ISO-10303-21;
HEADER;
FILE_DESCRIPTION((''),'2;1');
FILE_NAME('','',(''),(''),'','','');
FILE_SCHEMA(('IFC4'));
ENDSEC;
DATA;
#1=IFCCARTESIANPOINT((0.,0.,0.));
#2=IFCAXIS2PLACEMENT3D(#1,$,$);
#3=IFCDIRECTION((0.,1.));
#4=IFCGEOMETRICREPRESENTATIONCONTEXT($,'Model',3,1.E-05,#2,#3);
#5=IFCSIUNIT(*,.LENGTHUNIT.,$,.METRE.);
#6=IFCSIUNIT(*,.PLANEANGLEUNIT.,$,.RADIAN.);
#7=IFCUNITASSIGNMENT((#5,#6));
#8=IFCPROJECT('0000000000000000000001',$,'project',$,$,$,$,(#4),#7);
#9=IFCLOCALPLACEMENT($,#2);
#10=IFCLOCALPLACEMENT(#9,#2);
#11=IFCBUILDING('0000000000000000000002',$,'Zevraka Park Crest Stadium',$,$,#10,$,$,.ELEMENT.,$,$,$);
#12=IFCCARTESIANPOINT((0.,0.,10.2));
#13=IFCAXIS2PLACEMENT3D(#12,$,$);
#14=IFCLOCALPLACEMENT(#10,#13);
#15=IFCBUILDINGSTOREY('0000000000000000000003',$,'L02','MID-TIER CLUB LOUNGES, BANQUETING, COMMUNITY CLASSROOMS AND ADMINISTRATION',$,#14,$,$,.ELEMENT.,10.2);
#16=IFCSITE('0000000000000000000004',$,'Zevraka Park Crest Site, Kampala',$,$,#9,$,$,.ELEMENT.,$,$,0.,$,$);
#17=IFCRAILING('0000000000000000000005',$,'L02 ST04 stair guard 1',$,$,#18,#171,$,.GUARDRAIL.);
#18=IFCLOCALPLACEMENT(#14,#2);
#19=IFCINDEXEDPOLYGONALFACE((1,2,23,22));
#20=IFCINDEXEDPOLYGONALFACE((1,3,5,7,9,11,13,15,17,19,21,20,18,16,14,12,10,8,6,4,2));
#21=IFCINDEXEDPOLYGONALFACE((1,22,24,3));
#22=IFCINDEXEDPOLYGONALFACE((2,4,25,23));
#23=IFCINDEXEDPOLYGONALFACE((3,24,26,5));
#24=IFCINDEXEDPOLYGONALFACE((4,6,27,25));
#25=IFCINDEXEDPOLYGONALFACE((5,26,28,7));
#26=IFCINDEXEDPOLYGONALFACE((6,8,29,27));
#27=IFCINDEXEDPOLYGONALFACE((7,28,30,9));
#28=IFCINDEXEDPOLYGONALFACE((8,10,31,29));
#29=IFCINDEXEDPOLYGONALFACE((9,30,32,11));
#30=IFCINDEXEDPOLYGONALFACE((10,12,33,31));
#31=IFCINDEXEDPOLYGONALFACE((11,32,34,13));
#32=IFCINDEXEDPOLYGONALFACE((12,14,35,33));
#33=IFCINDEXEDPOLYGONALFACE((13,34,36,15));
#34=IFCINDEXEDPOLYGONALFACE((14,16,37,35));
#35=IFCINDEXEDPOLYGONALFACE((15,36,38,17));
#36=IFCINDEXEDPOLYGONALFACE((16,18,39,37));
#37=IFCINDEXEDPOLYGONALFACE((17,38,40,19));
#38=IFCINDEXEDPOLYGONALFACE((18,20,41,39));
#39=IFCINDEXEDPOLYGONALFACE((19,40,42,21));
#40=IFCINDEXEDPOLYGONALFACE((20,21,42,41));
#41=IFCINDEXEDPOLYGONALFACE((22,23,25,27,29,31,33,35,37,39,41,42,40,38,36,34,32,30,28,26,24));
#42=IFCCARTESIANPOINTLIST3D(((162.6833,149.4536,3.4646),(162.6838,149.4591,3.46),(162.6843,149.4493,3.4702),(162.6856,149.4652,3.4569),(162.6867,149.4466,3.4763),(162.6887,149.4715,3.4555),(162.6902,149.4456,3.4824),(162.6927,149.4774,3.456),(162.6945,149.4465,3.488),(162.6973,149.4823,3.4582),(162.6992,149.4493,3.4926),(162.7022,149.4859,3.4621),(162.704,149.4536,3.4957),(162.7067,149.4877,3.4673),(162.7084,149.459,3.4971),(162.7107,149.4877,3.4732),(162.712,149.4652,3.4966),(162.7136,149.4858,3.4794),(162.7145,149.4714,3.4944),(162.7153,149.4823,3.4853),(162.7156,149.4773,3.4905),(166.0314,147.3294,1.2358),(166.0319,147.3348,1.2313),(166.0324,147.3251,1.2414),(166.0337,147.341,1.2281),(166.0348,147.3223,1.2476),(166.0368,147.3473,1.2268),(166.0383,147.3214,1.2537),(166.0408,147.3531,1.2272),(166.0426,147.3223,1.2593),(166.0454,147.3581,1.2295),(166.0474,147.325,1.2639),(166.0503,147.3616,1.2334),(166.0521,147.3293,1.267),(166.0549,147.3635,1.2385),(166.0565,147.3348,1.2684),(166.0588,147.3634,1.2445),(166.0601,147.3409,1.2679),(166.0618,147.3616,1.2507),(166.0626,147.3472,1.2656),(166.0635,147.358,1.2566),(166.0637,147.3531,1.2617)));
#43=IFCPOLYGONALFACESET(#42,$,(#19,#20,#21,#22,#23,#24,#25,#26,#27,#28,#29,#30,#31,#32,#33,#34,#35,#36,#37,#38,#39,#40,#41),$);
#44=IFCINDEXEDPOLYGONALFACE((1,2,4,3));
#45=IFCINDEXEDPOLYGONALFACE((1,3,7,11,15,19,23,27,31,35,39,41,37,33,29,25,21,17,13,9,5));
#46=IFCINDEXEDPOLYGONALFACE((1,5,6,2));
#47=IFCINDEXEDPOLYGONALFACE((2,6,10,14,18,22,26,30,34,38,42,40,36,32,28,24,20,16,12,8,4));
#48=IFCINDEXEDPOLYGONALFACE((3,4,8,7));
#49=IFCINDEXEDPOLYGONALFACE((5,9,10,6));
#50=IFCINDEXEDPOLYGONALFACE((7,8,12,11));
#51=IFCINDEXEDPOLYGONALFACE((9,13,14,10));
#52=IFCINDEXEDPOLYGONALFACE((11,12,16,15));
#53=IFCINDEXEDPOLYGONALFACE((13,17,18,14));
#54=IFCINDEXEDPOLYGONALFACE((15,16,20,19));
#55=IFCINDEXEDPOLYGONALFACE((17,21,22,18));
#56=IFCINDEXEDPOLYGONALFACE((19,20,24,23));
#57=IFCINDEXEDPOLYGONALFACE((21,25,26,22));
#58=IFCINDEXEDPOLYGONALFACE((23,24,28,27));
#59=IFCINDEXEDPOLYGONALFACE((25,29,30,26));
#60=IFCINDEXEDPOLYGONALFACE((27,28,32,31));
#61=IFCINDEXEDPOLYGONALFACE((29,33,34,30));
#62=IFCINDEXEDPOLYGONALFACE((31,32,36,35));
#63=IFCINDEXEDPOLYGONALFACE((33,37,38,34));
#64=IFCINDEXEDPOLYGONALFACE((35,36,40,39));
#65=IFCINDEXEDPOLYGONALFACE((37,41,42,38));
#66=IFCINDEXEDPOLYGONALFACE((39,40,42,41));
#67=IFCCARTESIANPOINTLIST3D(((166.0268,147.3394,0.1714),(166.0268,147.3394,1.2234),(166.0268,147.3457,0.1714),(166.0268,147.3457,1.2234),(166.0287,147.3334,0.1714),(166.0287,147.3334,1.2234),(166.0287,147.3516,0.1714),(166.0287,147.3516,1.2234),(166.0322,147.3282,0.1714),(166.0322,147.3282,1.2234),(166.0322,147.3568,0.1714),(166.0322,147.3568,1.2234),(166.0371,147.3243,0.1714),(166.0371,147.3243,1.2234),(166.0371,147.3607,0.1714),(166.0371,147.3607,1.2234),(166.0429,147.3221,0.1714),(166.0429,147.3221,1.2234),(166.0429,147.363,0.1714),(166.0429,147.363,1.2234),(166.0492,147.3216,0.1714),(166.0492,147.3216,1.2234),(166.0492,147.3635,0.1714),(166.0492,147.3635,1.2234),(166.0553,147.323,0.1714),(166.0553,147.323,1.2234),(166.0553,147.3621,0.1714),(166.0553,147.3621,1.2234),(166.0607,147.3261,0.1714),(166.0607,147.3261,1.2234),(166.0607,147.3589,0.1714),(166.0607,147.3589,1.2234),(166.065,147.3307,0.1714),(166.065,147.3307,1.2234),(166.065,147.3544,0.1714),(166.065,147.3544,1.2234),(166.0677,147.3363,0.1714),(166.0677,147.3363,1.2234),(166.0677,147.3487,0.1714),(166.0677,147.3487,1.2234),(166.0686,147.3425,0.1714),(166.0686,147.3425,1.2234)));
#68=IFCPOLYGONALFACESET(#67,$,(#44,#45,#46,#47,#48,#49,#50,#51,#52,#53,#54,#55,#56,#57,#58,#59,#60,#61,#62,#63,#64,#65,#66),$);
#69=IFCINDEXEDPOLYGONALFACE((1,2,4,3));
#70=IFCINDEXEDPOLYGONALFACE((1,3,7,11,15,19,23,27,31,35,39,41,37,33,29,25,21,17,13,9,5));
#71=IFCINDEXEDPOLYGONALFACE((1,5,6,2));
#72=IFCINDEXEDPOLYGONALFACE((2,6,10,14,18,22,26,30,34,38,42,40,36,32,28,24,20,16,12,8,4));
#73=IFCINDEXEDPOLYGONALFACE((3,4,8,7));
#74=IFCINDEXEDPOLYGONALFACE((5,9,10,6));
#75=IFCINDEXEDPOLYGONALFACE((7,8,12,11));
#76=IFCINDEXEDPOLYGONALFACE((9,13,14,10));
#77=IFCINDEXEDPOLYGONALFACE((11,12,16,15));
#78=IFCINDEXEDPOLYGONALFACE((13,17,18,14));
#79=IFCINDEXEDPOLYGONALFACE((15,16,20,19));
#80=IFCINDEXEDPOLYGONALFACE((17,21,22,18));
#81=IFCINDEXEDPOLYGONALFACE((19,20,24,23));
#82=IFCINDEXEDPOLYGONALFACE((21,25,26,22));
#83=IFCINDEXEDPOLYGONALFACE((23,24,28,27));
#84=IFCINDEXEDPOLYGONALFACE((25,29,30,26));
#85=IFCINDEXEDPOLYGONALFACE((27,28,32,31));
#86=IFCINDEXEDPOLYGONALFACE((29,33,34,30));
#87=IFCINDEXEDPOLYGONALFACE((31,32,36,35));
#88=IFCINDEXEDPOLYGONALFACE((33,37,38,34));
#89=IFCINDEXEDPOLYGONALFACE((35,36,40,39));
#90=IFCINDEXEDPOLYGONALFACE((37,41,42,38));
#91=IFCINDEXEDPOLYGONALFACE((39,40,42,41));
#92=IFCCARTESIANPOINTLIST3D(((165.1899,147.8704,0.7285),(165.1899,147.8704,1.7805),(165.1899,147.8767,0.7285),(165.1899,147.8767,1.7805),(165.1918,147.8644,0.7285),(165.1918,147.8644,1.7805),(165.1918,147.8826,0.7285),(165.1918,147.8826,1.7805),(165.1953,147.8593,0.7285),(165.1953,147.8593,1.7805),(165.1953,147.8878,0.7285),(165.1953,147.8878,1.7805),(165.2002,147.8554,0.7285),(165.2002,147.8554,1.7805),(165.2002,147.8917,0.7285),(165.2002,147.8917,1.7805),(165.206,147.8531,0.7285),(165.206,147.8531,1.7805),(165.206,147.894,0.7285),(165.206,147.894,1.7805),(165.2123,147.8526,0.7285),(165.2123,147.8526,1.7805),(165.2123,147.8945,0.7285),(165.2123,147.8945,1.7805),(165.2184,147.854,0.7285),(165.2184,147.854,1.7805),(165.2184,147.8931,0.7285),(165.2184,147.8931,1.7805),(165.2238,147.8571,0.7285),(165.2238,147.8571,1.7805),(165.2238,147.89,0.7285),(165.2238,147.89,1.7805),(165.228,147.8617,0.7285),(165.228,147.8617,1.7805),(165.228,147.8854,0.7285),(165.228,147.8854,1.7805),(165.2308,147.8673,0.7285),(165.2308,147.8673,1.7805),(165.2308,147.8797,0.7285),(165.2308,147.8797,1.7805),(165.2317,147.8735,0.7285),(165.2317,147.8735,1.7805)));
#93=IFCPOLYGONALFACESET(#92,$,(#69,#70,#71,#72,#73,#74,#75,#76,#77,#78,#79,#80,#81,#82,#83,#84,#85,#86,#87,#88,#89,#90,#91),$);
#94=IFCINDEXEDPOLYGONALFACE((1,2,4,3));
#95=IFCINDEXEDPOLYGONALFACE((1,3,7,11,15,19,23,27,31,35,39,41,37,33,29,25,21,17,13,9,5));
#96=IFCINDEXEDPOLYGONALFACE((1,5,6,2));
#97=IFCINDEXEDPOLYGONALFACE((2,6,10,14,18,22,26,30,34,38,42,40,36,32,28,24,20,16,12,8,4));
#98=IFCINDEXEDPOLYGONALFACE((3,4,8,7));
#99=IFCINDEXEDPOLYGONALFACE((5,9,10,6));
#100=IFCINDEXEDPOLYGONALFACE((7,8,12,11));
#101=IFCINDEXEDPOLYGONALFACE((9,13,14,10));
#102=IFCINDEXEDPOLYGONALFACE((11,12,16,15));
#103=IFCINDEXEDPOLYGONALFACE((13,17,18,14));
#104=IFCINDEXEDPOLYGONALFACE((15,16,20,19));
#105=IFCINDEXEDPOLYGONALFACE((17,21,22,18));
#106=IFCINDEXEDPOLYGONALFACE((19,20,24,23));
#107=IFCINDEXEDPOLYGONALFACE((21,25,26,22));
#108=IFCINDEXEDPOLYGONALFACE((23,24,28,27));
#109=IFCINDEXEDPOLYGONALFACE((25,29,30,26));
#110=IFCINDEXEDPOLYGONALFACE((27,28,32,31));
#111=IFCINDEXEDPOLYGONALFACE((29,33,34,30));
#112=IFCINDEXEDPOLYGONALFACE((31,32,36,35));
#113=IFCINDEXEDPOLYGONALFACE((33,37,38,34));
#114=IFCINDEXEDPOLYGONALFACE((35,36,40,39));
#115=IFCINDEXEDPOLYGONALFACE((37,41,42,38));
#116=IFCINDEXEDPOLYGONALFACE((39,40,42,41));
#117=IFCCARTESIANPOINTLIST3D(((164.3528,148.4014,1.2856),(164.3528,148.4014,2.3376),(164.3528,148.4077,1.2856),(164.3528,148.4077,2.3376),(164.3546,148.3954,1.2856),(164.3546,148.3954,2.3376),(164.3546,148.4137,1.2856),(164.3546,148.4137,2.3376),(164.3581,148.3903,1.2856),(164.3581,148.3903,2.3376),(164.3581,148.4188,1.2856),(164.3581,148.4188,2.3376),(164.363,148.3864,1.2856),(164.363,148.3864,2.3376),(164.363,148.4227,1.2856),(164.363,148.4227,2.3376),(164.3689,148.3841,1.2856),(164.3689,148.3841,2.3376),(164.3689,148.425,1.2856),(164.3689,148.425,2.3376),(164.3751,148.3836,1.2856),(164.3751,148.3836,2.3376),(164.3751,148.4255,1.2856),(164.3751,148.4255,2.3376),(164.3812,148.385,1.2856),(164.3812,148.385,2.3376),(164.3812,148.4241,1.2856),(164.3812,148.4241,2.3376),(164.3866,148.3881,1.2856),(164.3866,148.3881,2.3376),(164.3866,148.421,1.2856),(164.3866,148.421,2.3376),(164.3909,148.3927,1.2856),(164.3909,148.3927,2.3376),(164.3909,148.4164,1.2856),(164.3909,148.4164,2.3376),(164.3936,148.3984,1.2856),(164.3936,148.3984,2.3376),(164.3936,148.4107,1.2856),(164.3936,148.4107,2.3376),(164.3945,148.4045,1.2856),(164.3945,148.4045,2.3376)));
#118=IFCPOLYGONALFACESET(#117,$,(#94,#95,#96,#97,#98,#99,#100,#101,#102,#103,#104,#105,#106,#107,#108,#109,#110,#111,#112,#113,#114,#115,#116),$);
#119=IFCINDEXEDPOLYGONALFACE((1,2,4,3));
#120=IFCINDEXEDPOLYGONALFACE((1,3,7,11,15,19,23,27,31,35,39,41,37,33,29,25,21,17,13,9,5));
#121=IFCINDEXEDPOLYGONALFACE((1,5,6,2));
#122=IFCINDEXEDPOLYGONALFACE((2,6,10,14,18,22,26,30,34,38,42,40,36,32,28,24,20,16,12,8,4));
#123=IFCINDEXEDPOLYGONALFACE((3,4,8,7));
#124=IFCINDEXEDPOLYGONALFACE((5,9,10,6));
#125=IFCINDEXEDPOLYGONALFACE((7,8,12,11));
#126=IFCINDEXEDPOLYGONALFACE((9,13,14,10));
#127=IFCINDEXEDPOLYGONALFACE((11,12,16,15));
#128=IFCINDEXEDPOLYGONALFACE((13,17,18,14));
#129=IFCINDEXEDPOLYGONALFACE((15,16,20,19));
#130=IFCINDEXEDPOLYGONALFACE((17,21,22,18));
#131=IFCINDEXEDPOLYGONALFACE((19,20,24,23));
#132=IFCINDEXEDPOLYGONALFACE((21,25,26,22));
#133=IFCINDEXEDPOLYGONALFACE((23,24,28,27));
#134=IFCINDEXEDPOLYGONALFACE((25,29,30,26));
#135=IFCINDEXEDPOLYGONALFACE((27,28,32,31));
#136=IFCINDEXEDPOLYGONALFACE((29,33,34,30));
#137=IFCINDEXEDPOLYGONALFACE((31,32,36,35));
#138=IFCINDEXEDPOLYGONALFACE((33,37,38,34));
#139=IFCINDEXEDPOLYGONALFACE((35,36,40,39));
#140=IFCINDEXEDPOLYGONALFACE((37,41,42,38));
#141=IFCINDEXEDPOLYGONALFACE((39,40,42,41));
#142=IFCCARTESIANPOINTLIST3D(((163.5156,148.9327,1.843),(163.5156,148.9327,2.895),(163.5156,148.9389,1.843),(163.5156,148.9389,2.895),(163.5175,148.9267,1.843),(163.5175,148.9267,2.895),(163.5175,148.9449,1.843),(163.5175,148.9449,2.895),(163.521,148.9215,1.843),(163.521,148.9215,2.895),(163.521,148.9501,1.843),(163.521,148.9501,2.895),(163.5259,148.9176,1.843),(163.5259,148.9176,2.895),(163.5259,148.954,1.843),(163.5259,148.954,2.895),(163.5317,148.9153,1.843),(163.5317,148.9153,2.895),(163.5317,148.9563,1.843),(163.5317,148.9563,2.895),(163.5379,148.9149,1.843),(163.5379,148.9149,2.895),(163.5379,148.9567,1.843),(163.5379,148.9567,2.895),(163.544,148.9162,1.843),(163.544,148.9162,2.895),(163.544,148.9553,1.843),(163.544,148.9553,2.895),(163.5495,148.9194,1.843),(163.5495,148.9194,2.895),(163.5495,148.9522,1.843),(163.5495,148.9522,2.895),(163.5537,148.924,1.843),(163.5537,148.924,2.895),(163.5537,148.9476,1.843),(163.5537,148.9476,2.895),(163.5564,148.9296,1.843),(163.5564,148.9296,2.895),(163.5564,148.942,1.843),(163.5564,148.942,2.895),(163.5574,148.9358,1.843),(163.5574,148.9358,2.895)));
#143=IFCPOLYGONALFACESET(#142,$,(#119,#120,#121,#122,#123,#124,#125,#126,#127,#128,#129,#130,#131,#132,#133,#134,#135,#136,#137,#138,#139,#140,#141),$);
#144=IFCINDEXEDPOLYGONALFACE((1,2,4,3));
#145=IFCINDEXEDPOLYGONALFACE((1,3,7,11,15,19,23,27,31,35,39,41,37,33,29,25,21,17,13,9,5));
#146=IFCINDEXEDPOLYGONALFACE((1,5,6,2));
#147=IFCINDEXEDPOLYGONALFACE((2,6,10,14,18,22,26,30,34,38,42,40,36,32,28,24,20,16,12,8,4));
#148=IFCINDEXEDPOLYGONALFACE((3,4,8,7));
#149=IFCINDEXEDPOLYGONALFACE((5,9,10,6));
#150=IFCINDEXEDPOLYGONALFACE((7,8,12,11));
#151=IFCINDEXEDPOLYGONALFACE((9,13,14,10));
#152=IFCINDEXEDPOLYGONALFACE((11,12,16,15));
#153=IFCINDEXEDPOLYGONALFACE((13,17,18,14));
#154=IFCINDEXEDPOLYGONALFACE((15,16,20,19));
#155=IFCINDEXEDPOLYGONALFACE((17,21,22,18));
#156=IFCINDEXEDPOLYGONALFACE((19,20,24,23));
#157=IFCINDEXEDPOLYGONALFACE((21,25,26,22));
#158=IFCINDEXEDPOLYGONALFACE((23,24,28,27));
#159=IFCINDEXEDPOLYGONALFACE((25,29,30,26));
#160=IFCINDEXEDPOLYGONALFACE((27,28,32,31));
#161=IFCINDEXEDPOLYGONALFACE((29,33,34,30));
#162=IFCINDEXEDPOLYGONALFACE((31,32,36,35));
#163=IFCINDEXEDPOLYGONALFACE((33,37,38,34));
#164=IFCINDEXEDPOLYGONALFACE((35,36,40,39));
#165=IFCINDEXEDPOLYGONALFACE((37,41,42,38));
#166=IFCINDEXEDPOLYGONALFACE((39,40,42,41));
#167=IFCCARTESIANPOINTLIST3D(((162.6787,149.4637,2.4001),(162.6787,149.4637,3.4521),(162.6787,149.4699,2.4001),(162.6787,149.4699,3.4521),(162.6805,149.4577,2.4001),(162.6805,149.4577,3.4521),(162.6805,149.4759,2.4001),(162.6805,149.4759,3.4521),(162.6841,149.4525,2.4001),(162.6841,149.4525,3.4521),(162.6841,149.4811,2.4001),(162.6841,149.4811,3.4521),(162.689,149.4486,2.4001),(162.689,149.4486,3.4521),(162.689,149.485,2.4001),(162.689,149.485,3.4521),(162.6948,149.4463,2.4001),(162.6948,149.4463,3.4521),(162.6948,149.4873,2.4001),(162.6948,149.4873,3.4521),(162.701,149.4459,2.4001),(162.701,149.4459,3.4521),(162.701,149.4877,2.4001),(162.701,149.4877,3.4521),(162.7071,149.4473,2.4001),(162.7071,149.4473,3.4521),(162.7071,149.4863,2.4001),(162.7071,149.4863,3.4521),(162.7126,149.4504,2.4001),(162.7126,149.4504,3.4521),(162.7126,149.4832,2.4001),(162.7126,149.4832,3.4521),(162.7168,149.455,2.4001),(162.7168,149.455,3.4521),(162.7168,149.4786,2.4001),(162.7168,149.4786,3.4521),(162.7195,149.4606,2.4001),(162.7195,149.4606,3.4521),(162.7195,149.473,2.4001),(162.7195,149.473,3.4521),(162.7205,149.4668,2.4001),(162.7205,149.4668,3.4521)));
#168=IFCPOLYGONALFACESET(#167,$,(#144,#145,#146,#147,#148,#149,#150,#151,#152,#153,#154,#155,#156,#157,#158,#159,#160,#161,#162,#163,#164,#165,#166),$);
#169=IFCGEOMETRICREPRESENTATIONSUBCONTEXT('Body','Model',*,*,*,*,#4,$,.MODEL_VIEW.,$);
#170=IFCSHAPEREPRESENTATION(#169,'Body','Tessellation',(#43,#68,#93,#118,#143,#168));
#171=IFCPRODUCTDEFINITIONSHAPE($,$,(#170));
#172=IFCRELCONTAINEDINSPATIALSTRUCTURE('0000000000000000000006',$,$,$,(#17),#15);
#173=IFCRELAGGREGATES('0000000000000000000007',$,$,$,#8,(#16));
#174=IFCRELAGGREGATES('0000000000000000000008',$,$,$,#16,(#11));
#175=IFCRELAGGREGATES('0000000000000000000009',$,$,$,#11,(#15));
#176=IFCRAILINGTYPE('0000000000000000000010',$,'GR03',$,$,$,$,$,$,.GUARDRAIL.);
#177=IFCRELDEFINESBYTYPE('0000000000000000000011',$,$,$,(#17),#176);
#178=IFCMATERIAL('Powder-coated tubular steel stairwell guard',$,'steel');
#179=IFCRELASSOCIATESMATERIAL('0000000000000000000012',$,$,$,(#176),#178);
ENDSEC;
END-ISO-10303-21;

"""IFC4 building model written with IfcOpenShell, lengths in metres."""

from ifc_helpers import new_model, si_unit, direction, frame, origin, origin_2d, place, context, subcontext, project, spatial, circle, extrude, material, type_object, element, save


model = new_model("IFC4")

# Units and contexts
model_context = context("Model", 3, precision=1e-05, world=origin(), true_north=direction((0.0, 1.0)))
body_context = subcontext(model_context, "Body", "Model", "MODEL_VIEW")
ifc_project = project(units=[si_unit("LENGTHUNIT", "METRE"), si_unit("PLANEANGLEUNIT", "RADIAN")], contexts=[model_context])

# Site, building, storey
site_placement = place(None, origin())
site = spatial("IfcSite", under=ifc_project, at=site_placement, Name="Zevraka Park Crest Site, Kampala", CompositionType="ELEMENT", RefElevation=0.0)
building_placement = place(site_placement, origin())
building = spatial("IfcBuilding", under=site, at=building_placement, Name="Zevraka Park Crest Stadium", CompositionType="ELEMENT")
storey_placement = place(building_placement, frame((0.0, 0.0, 10.2)))
storey = spatial("IfcBuildingStorey", under=building, at=storey_placement, Name="L02", Description="MID-TIER CLUB LOUNGES, BANQUETING, COMMUNITY CLASSROOMS AND ADMINISTRATION", CompositionType="ELEMENT", Elevation=10.2)

# Railing
ifc_material_1 = material(Name="Powder-coated tubular steel stairwell guard", Category="steel")
railing_type_1 = type_object("IfcRailingType", Name="GR03", PredefinedType="GUARDRAIL", material=ifc_material_1)
railing_1_placement = place(storey_placement, frame((166.0476, 147.3425, 0.1714)))
element("IfcRailing", 1, at=railing_1_placement, inside=storey, type_object=railing_type_1, Name="L02 ST04 stair guard 1", PredefinedType="GUARDRAIL", context=body_context, shape_type="SweptSolid", body=[
    extrude(circle(Radius=0.0239, at=origin_2d()), frame((0.0, 0.0, 1.0762), z_axis=(-0.736079, 0.467014, 0.489986), x_axis=(-0.535732, -0.844388, 0.0)), (0.0, 0.0, 1.0), 4.5486),
    extrude(circle(Radius=0.021, at=origin_2d()), origin(), (0.0, 0.0, 1.0), 1.052),
    extrude(circle(Radius=0.021, at=origin_2d()), frame((-0.8369, 0.531, 0.5571)), (0.0, 0.0, 1.0), 1.052),
    extrude(circle(Radius=0.021, at=origin_2d()), frame((-1.6741, 1.062, 1.1143)), (0.0, 0.0, 1.0), 1.052),
    extrude(circle(Radius=0.021, at=origin_2d()), frame((-2.5112, 1.5933, 1.6716)), (0.0, 0.0, 1.0), 1.052),
    extrude(circle(Radius=0.021, at=origin_2d()), frame((-3.3481, 2.1243, 2.2288)), (0.0, 0.0, 1.0), 1.052),
])

save(model, "model.ifc")
